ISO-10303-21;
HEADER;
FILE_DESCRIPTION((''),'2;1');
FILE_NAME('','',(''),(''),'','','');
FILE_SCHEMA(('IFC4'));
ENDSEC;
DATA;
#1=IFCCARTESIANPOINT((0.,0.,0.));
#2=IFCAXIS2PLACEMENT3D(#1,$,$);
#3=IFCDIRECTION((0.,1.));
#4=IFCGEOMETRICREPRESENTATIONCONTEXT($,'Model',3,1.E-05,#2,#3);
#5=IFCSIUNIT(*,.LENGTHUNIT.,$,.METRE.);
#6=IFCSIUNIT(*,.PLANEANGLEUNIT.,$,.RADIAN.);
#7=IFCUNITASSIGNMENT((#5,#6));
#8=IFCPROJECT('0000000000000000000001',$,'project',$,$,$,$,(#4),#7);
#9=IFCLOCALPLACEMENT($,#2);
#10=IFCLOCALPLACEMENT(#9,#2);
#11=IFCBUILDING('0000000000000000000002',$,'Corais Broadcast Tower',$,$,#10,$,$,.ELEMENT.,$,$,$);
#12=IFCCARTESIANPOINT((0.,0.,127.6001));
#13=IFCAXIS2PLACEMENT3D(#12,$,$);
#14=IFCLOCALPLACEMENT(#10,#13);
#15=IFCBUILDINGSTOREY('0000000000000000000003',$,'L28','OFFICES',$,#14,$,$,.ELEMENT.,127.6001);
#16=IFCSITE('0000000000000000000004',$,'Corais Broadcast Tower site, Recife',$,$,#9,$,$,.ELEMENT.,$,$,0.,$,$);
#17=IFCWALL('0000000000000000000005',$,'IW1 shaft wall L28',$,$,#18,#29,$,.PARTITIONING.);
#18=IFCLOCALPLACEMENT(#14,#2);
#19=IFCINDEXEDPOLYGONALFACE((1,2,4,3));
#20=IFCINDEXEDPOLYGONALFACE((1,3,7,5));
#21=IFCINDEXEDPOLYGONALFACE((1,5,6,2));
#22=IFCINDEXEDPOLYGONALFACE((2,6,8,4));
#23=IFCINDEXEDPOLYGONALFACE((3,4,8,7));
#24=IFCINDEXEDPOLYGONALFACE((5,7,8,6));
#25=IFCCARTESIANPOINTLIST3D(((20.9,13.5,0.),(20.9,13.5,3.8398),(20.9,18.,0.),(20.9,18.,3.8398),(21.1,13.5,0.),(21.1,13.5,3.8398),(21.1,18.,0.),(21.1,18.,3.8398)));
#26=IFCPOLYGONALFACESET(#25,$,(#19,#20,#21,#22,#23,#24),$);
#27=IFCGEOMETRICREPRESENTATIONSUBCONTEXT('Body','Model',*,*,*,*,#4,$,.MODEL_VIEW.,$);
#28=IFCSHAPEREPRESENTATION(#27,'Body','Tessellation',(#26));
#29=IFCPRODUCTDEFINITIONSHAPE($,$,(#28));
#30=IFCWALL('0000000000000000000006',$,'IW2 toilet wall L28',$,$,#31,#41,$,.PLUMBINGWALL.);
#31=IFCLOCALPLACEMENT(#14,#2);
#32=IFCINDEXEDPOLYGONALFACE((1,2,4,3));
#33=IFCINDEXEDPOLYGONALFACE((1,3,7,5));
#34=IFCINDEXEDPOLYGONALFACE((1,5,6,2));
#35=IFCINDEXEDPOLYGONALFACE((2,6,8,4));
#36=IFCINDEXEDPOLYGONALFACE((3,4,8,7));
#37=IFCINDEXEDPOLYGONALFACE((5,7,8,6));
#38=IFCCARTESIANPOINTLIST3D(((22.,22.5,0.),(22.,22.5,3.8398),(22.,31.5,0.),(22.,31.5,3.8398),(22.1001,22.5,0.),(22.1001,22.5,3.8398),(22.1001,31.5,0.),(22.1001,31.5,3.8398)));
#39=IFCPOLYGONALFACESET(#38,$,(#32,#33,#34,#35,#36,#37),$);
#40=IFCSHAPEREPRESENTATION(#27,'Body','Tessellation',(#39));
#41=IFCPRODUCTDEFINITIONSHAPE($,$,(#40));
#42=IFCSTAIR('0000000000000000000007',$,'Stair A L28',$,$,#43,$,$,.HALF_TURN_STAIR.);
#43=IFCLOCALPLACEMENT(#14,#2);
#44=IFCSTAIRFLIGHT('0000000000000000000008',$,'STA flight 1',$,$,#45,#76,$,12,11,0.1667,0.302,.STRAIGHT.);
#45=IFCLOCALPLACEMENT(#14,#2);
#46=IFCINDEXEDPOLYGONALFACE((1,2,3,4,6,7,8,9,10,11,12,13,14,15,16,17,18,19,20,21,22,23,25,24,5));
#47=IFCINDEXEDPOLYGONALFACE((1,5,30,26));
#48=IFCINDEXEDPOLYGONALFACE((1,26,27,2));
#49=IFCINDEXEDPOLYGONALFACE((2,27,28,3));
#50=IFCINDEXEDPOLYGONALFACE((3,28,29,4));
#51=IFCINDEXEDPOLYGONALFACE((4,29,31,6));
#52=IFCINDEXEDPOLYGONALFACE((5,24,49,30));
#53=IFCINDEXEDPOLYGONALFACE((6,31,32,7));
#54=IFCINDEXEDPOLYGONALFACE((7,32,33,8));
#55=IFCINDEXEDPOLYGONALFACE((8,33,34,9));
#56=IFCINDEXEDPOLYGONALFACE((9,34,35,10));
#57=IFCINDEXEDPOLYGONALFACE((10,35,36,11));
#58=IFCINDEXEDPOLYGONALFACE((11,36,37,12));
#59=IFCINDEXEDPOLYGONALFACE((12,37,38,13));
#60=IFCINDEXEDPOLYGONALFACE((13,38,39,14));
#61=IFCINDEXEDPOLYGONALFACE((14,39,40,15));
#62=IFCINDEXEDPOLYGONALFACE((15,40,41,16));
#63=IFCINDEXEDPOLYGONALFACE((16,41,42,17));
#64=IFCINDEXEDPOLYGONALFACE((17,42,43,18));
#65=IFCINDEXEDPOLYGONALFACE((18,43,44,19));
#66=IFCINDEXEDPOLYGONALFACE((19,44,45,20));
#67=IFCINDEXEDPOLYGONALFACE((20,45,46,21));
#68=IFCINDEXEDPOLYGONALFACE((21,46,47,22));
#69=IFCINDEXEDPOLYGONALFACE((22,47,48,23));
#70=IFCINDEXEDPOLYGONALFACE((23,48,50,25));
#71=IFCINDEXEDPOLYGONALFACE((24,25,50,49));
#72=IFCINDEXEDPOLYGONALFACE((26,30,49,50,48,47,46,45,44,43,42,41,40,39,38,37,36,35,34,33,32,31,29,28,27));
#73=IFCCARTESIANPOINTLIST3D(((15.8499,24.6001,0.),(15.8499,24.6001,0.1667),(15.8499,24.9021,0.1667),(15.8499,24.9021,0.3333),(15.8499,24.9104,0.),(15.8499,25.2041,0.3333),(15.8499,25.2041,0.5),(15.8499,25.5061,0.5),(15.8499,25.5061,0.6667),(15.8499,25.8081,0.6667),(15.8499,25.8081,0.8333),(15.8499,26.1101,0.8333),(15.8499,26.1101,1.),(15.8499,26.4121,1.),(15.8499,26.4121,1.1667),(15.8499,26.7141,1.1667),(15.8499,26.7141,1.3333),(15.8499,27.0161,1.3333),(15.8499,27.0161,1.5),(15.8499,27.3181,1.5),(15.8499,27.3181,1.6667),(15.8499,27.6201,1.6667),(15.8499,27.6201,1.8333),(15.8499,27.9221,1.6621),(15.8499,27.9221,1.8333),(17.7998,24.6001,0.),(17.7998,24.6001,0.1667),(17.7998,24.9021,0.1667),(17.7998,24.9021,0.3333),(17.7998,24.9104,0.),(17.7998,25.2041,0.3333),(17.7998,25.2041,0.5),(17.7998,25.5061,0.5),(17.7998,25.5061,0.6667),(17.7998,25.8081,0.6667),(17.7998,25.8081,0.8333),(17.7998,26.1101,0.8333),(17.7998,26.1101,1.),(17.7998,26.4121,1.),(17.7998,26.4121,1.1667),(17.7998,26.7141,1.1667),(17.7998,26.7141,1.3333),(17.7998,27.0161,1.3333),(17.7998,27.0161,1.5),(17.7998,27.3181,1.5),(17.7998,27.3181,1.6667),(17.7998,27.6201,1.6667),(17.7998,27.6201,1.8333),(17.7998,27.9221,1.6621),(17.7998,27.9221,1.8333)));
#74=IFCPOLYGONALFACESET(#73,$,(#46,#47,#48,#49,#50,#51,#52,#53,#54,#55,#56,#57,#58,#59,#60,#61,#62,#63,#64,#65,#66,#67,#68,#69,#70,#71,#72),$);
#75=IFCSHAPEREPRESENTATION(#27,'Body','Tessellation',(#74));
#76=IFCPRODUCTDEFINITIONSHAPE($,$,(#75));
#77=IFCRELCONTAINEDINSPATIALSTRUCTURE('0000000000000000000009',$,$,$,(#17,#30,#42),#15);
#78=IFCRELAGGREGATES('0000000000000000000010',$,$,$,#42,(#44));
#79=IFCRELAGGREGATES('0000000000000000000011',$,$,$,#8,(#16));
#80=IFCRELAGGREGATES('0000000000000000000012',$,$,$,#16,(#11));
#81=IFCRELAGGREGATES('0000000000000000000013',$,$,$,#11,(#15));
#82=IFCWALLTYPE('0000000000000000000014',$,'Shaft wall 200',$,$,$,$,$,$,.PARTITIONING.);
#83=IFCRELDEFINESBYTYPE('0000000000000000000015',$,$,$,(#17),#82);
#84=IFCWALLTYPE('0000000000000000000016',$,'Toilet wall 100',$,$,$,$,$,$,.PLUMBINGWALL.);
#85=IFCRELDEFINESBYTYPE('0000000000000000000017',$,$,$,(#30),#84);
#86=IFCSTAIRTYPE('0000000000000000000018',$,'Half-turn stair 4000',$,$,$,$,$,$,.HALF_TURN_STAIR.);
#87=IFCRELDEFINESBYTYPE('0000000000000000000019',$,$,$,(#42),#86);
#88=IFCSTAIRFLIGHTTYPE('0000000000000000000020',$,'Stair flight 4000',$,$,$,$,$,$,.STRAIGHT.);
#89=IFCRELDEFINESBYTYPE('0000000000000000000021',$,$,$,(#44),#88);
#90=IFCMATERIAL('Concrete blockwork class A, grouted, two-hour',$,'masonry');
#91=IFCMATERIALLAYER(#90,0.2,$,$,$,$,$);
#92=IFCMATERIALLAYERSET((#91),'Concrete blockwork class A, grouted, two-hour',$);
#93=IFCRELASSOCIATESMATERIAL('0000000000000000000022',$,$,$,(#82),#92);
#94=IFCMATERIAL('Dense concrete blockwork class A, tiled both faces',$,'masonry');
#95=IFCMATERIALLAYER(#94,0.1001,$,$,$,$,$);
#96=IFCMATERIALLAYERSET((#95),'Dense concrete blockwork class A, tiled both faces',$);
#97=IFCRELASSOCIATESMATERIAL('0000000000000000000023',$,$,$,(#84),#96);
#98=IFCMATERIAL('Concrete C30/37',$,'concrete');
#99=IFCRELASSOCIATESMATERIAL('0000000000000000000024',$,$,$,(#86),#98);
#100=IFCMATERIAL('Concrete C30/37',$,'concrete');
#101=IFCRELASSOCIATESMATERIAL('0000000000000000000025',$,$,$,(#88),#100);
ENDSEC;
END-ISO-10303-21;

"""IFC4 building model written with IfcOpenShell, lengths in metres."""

from ifc_helpers import new_model, si_unit, direction, frame, frame_2d, origin, place, context, subcontext, project, spatial, polyline, rectangle, outline, extrude, material, layer, layer_set, type_object, element, aggregate, save


model = new_model("IFC4")

# Units and contexts
model_context = context("Model", 3, precision=1e-05, world=origin(), true_north=direction((0.0, 1.0)))
body_context = subcontext(model_context, "Body", "Model", "MODEL_VIEW")
ifc_project = project(units=[si_unit("LENGTHUNIT", "METRE"), si_unit("PLANEANGLEUNIT", "RADIAN")], contexts=[model_context])

# Site, building, storey
site_placement = place(None, origin())
site = spatial("IfcSite", under=ifc_project, at=site_placement, Name="Corais Broadcast Tower site, Recife", CompositionType="ELEMENT", RefElevation=0.0)
building_placement = place(site_placement, origin())
building = spatial("IfcBuilding", under=site, at=building_placement, Name="Corais Broadcast Tower", CompositionType="ELEMENT")
storey_placement = place(building_placement, frame((0.0, 0.0, 127.6001)))
storey = spatial("IfcBuildingStorey", under=building, at=storey_placement, Name="L28", Description="OFFICES", CompositionType="ELEMENT", Elevation=127.6001)

# Walls
ifc_material_1 = material(Name="Concrete blockwork class A, grouted, two-hour", Category="masonry")
ifc_layer_1 = layer(ifc_material_1, 0.2)
ifc_layer_set_1 = layer_set([ifc_layer_1], Name="Concrete blockwork class A, grouted, two-hour")
wall_type_1 = type_object("IfcWallType", Name="Shaft wall 200", PredefinedType="PARTITIONING", material=ifc_layer_set_1)
wall_1_placement = place(storey_placement, frame((21.0, 13.5, 0.0), z_axis=(0.0, 0.0, 1.0), x_axis=(0.0, 1.0, 0.0)))
element("IfcWall", 1, at=wall_1_placement, inside=storey, type_object=wall_type_1, Name="IW1 shaft wall L28", PredefinedType="PARTITIONING", context=body_context, shape_type="SweptSolid", body=[
    extrude(rectangle(XDim=4.5, YDim=0.2, at=frame_2d((2.25, 0.0))), origin(), (0.0, 0.0, 1.0), 3.8398),
])
ifc_material_2 = material(Name="Dense concrete blockwork class A, tiled both faces", Category="masonry")
ifc_layer_2 = layer(ifc_material_2, 0.1001)
ifc_layer_set_2 = layer_set([ifc_layer_2], Name="Dense concrete blockwork class A, tiled both faces")
wall_type_2 = type_object("IfcWallType", Name="Toilet wall 100", PredefinedType="PLUMBINGWALL", material=ifc_layer_set_2)
wall_2_placement = place(storey_placement, frame((22.05, 22.5, 0.0), z_axis=(0.0, 0.0, 1.0), x_axis=(0.0, 1.0, 0.0)))
element("IfcWall", 2, at=wall_2_placement, inside=storey, type_object=wall_type_2, Name="IW2 toilet wall L28", PredefinedType="PLUMBINGWALL", context=body_context, shape_type="SweptSolid", body=[
    extrude(rectangle(XDim=9.0, YDim=0.1001, at=frame_2d((4.5, 0.0))), origin(), (0.0, 0.0, 1.0), 3.8398),
])

# Stair, stair flight
ifc_material_3 = material(Name="Concrete C30/37", Category="concrete")
stair_type = type_object("IfcStairType", Name="Half-turn stair 4000", PredefinedType="HALF_TURN_STAIR", material=ifc_material_3)
stair_placement = place(storey_placement, origin())
stair = element("IfcStair", 3, at=stair_placement, inside=storey, type_object=stair_type, Name="Stair A L28", PredefinedType="HALF_TURN_STAIR")
ifc_material_4 = material(Name="Concrete C30/37", Category="concrete")
stair_flight_type = type_object("IfcStairFlightType", Name="Stair flight 4000", PredefinedType="STRAIGHT", material=ifc_material_4)
stair_flight_placement = place(storey_placement, frame((16.825, 24.6001, 0.0), z_axis=(0.0, 0.0, 1.0), x_axis=(0.0, 1.0, 0.0)))
stair_flight = element("IfcStairFlight", 4, at=stair_flight_placement, type_object=stair_flight_type, Name="STA flight 1", NumberOfRisers=12, NumberOfTreads=11, PredefinedType="STRAIGHT", RiserHeight=0.1667, TreadLength=0.302, context=body_context, shape_type="SweptSolid", body=[
    extrude(outline(polyline([(0.0, 0.0), (0.0, 0.1667), (0.302, 0.1667), (0.302, 0.3333), (0.604, 0.3333), (0.604, 0.5), (0.906, 0.5), (0.906, 0.6667), (1.208, 0.6667), (1.208, 0.8333), (1.51, 0.8333), (1.51, 1.0), (1.812, 1.0), (1.812, 1.1667), (2.114, 1.1667), (2.114, 1.3333), (2.416, 1.3333), (2.416, 1.5), (2.718, 1.5), (2.718, 1.6667), (3.02, 1.6667), (3.02, 1.8333), (3.322, 1.8333), (3.322, 2.0), (3.322, 1.6621), (0.3103, 0.0), (0.0, 0.0)])), frame((0.0, 0.9751, 0.0), z_axis=(0.0, -1.0, 0.0), x_axis=(1.0, 0.0, 0.0)), (0.0, 0.0, 1.0), 1.95),
])
aggregate(stair, [stair_flight])

save(model, "model.ifc")
